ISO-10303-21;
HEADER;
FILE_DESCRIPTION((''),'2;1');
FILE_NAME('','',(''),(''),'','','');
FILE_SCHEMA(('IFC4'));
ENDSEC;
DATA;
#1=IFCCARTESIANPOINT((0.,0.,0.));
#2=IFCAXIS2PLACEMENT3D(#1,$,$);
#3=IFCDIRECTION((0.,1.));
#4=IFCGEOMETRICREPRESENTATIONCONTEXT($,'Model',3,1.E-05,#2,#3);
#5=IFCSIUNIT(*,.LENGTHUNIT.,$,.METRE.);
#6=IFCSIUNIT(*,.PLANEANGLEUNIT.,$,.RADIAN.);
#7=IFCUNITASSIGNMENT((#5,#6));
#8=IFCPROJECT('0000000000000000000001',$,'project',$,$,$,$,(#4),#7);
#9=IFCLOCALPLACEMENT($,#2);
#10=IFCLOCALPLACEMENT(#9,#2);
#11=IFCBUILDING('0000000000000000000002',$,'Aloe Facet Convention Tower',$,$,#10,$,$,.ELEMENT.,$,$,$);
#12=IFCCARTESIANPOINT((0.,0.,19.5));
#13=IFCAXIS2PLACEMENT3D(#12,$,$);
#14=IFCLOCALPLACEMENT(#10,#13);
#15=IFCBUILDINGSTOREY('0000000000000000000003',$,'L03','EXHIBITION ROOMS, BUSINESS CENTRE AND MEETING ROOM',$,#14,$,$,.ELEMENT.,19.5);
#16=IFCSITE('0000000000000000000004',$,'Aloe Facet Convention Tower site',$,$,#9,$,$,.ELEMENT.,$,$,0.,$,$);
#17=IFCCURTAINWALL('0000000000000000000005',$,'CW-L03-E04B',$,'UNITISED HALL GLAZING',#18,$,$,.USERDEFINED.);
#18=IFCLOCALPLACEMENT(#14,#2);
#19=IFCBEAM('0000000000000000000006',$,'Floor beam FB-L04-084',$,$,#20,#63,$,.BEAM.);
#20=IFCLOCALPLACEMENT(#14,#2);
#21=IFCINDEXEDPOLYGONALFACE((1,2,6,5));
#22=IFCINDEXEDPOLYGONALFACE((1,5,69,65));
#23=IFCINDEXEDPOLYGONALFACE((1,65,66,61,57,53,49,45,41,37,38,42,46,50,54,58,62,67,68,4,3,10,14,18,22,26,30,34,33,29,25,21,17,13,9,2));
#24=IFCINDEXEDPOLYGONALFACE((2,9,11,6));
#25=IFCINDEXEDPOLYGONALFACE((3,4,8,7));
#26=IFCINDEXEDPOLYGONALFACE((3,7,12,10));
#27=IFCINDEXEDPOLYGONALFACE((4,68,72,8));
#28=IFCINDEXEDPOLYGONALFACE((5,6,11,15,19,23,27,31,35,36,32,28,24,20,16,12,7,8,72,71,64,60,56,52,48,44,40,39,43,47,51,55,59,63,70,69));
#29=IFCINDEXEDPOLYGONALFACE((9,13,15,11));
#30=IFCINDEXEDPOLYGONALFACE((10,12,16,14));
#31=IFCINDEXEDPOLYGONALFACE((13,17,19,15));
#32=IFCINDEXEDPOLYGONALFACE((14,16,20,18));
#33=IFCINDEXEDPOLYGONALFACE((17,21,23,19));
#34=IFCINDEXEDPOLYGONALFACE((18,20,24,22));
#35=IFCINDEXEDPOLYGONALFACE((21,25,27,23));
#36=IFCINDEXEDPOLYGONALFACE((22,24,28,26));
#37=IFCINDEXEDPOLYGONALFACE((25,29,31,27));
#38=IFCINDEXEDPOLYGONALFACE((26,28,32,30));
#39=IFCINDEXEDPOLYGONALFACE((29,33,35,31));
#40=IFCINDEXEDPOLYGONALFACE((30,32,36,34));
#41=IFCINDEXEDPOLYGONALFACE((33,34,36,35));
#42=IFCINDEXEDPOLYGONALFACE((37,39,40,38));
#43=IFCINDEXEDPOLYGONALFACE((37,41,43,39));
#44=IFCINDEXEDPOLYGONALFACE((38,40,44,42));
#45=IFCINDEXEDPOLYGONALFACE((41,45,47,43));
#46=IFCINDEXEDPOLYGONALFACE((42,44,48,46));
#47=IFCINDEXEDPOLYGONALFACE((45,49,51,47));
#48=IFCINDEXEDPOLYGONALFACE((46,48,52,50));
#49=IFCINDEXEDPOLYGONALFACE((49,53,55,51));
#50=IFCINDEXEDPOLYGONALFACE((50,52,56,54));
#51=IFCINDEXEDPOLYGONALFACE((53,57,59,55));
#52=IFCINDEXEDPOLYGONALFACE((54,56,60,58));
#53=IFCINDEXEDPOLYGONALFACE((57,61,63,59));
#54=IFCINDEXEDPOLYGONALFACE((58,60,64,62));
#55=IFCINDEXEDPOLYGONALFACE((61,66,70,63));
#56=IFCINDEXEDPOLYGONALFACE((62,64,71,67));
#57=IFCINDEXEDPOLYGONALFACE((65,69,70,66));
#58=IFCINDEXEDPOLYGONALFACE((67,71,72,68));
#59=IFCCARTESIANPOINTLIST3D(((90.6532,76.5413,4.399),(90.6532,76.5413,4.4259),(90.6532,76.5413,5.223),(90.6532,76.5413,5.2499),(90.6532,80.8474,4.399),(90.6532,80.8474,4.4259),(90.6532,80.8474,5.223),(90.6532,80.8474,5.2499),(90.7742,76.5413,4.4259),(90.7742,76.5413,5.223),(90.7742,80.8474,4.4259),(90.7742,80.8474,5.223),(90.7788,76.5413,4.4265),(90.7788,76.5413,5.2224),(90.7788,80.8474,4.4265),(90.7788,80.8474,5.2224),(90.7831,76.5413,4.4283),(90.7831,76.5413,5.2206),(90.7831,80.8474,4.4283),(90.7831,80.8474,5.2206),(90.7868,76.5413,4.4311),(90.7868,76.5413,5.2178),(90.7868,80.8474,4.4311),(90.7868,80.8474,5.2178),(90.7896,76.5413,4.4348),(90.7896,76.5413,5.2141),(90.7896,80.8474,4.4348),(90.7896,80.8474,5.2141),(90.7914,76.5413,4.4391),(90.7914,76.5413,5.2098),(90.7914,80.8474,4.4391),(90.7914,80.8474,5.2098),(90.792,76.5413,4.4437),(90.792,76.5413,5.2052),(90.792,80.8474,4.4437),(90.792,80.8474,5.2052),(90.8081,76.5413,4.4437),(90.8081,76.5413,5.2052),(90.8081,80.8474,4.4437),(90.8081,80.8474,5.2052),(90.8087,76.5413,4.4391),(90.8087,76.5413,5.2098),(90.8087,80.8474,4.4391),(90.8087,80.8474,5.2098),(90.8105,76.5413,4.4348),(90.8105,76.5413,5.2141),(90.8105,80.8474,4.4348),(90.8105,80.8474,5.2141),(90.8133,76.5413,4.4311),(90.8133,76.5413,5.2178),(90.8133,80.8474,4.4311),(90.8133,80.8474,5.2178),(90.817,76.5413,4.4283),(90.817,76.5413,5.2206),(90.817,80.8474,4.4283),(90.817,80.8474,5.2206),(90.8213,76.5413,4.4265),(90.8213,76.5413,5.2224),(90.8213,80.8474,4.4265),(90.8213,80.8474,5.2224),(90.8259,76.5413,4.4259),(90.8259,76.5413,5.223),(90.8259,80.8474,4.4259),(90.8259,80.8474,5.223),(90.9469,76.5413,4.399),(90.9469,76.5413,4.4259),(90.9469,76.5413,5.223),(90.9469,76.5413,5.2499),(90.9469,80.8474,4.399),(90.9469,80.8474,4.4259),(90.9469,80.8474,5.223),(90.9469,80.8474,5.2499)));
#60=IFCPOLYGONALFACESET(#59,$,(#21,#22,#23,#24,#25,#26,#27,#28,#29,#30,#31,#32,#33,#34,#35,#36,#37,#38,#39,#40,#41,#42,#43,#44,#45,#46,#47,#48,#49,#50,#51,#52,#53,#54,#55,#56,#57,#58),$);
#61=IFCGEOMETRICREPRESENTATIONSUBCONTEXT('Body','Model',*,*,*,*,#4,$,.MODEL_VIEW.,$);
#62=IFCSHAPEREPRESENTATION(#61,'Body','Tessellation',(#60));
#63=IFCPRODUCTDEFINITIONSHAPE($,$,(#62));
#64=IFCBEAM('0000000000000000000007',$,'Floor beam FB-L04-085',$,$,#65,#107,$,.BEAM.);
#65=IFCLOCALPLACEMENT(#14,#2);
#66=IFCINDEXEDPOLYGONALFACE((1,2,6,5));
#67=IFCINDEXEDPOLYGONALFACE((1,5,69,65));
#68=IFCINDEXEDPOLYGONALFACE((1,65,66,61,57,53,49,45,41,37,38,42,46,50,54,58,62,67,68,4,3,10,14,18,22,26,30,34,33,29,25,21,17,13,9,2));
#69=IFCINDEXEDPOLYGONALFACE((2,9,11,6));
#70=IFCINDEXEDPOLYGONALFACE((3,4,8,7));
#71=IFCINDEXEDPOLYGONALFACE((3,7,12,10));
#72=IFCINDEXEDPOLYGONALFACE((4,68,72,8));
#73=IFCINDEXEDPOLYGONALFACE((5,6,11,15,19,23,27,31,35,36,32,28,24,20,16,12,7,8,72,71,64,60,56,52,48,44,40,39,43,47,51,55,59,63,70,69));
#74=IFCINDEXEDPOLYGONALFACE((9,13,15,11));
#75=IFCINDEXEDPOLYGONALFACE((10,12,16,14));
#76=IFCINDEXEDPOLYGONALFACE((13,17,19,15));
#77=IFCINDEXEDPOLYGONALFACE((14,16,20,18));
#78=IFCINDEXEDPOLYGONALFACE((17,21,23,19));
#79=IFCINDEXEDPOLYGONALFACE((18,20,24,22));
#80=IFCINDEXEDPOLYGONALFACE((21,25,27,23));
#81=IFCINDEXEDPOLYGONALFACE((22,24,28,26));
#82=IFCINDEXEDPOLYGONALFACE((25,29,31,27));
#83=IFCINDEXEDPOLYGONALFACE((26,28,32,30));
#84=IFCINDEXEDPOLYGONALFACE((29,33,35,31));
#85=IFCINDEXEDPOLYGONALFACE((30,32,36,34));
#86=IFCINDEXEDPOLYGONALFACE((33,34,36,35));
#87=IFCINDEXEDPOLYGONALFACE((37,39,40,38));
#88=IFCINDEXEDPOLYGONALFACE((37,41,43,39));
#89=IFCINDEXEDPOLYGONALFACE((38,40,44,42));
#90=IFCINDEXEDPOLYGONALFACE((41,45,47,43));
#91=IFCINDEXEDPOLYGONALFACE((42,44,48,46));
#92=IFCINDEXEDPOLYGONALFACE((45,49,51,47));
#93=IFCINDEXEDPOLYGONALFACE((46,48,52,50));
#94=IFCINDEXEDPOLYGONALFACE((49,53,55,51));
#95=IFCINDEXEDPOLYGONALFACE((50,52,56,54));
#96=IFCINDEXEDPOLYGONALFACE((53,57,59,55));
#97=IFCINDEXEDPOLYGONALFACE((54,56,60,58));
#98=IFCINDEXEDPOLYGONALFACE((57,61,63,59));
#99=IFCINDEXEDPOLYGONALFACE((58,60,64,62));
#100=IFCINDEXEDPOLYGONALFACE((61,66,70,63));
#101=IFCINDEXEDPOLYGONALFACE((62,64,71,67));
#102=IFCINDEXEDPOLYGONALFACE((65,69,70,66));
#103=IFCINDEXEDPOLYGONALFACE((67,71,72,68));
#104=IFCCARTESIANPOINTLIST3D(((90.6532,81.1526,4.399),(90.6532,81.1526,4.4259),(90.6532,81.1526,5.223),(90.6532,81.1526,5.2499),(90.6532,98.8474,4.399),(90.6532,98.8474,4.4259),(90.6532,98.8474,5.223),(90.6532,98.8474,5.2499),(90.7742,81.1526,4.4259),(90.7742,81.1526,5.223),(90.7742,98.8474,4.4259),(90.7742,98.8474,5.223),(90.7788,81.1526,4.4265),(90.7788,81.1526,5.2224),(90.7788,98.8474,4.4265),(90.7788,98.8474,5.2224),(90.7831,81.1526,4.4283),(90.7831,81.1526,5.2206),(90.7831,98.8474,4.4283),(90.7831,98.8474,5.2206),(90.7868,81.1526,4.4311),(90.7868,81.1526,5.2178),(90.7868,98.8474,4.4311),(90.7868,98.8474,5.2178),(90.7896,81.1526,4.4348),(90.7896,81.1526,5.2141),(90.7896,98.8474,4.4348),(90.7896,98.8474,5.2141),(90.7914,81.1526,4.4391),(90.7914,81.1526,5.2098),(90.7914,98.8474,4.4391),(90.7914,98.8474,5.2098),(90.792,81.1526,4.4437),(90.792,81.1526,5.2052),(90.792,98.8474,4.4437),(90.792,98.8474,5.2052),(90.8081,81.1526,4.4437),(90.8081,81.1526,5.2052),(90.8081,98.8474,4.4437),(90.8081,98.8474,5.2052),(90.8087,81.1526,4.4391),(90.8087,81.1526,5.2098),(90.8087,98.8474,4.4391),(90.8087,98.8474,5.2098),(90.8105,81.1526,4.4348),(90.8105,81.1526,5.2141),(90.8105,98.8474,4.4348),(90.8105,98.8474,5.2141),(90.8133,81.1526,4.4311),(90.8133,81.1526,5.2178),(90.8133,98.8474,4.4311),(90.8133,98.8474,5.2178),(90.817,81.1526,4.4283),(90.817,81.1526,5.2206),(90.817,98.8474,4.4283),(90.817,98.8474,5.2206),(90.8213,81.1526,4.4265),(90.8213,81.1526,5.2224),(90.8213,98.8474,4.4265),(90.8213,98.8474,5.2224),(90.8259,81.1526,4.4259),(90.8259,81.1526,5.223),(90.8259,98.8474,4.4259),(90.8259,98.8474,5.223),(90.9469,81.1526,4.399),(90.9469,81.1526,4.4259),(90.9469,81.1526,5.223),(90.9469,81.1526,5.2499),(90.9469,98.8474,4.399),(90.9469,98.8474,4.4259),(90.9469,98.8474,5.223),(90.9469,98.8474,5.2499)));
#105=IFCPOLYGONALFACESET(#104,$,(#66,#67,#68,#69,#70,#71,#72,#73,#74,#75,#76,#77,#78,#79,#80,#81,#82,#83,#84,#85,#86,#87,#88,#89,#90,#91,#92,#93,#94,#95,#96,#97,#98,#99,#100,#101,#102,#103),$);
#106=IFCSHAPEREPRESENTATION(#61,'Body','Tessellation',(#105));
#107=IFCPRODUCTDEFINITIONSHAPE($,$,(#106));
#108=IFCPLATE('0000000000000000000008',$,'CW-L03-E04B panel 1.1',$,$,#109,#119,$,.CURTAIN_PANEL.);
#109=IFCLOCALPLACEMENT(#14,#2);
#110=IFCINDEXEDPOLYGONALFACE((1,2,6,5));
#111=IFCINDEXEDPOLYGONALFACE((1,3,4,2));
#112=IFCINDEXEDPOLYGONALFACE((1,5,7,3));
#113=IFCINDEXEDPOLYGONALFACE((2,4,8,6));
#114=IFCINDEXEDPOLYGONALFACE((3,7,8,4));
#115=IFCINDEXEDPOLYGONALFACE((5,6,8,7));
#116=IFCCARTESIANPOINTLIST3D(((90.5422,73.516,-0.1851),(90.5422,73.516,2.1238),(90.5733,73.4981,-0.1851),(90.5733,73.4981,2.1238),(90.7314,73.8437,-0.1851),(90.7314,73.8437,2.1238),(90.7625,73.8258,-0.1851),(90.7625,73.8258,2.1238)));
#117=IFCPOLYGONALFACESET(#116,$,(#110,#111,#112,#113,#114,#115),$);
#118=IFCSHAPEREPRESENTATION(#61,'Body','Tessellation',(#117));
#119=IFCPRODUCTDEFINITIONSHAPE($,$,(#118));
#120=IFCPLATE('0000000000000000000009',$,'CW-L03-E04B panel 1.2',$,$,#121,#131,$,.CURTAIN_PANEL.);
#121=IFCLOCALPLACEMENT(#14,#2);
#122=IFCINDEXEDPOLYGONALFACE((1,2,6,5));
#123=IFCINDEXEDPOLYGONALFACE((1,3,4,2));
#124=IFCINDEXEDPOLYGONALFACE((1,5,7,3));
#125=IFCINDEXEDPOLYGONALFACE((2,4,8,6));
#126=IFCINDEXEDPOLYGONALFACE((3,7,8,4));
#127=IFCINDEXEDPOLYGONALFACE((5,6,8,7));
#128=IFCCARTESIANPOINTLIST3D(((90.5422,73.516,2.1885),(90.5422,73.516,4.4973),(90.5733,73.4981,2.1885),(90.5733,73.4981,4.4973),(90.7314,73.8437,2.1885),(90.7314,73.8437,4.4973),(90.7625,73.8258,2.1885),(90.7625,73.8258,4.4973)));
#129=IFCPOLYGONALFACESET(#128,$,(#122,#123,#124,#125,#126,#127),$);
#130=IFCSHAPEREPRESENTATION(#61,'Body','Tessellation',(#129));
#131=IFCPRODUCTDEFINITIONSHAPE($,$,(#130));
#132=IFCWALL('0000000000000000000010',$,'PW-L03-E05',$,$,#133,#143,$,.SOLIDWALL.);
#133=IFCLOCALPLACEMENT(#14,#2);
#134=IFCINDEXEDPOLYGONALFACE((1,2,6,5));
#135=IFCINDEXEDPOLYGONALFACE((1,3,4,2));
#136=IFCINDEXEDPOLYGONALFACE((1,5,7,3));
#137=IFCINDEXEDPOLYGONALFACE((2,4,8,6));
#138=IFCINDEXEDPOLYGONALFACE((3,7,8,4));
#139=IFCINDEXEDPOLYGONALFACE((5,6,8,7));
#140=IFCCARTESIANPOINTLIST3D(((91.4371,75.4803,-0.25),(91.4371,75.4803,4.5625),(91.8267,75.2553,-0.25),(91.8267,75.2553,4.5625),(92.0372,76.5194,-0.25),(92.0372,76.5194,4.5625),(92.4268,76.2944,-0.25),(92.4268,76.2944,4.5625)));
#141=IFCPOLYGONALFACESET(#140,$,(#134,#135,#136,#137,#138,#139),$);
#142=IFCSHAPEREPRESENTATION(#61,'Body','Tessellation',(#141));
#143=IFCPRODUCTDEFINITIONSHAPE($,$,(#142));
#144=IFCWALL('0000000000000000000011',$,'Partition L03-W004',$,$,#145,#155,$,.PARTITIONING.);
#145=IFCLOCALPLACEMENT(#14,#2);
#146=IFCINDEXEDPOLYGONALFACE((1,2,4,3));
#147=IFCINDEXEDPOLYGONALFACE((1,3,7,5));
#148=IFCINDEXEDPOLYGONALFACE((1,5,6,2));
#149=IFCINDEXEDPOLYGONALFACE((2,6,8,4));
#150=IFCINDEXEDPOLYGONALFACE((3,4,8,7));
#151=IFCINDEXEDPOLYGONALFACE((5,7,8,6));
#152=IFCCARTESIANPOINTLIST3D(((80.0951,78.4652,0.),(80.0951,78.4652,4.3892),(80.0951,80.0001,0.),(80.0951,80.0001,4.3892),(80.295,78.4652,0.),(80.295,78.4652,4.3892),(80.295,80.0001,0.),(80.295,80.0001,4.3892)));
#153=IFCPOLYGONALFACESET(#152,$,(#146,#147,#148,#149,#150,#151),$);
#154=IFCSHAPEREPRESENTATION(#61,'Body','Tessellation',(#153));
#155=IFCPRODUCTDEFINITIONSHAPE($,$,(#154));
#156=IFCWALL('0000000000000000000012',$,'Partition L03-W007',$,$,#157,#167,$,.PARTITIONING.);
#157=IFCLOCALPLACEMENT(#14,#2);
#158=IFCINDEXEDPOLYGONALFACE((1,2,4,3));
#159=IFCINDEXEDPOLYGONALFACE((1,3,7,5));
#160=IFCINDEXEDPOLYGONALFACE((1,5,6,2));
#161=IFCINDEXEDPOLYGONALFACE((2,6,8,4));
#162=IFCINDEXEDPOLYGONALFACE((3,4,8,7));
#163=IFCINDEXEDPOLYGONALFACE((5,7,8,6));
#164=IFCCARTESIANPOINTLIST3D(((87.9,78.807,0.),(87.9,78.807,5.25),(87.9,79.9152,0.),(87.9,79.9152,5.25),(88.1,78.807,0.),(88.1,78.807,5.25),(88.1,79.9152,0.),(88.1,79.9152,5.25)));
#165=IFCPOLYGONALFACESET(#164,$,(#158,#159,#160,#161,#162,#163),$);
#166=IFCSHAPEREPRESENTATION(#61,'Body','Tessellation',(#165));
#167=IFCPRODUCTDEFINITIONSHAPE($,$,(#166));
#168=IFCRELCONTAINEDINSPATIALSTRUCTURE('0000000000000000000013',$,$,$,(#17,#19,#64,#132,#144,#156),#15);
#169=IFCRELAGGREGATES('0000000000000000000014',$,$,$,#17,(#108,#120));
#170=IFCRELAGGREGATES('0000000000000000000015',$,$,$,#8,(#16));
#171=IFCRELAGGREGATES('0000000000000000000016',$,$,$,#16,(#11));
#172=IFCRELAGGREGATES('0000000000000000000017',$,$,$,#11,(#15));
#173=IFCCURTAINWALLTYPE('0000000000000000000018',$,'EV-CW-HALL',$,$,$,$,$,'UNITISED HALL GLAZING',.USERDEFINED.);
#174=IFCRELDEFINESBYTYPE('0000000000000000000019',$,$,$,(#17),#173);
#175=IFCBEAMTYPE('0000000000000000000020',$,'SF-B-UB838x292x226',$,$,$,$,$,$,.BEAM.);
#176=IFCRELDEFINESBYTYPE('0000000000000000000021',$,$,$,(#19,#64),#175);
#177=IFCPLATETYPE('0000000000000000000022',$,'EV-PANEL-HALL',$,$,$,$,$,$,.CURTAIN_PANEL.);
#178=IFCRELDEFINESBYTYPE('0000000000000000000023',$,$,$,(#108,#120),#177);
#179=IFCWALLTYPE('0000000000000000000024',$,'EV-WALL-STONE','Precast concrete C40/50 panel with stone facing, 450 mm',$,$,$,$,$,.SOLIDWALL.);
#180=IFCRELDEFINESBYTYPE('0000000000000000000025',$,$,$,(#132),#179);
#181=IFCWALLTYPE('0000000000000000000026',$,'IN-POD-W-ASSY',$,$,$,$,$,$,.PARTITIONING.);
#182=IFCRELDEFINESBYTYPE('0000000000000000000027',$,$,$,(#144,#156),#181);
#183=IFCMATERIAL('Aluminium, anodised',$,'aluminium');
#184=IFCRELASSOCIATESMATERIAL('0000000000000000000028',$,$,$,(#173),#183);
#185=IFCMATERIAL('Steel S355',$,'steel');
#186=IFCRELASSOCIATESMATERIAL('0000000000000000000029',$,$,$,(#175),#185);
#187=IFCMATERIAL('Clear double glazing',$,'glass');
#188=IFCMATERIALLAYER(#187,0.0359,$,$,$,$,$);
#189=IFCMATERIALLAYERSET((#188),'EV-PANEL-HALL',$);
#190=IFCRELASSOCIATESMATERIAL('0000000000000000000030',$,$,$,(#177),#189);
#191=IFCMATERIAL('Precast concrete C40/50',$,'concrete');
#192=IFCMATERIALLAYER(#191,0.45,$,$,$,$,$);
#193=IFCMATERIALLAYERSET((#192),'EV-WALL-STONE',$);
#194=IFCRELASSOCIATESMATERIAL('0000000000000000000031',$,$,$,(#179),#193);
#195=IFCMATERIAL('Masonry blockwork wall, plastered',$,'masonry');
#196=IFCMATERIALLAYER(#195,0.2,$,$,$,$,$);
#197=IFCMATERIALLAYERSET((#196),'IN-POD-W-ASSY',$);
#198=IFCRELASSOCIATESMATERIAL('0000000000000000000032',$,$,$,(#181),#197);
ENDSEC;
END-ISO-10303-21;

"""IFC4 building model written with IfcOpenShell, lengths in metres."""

from ifc_helpers import new_model, si_unit, direction, frame, frame_2d, origin, origin_2d, place, context, subcontext, project, spatial, rectangle, i_section, extrude, material, layer, layer_set, material_profile, profile_set, type_object, element, aggregate, save


model = new_model("IFC4")

# Units and contexts
model_context = context("Model", 3, precision=1e-05, world=origin(), true_north=direction((0.0, 1.0)))
body_context = subcontext(model_context, "Body", "Model", "MODEL_VIEW")
ifc_project = project(units=[si_unit("LENGTHUNIT", "METRE"), si_unit("PLANEANGLEUNIT", "RADIAN")], contexts=[model_context])

# Site, building, storey
site_placement = place(None, origin())
site = spatial("IfcSite", under=ifc_project, at=site_placement, Name="Aloe Facet Convention Tower site", CompositionType="ELEMENT", RefElevation=0.0)
building_placement = place(site_placement, origin())
building = spatial("IfcBuilding", under=site, at=building_placement, Name="Aloe Facet Convention Tower", CompositionType="ELEMENT")
storey_placement = place(building_placement, frame((0.0, 0.0, 19.5)))
storey = spatial("IfcBuildingStorey", under=building, at=storey_placement, Name="L03", Description="EXHIBITION ROOMS, BUSINESS CENTRE AND MEETING ROOM", CompositionType="ELEMENT", Elevation=19.5)

# Curtain wall
ifc_material_1 = material(Name="Aluminium, anodised", Category="aluminium")
curtain_wall_type = type_object("IfcCurtainWallType", Name="EV-CW-HALL", ElementType="UNITISED HALL GLAZING", PredefinedType="USERDEFINED", material=ifc_material_1)
curtain_wall_placement = place(storey_placement, origin())
curtain_wall = element("IfcCurtainWall", 1, at=curtain_wall_placement, inside=storey, type_object=curtain_wall_type, Name="CW-L03-E04B", ObjectType="UNITISED HALL GLAZING", PredefinedType="USERDEFINED")

# Beams
ifc_material_2 = material(Name="Steel S355", Category="steel")
ifc_material_profile_1 = material_profile(ifc_material_2, i_section(OverallWidth=0.2937, OverallDepth=0.8508, WebThickness=0.0161, FlangeThickness=0.0269, FilletRadius=0.0178, at=origin_2d()), Name="UB 838x292x226")
ifc_profile_set_1 = profile_set([ifc_material_profile_1], Name="Steel S355")
beam_type_1 = type_object("IfcBeamType", Name="SF-B-UB838x292x226", PredefinedType="BEAM", material=ifc_profile_set_1)
beam_1_placement = place(storey_placement, frame((90.8, 76.5413, 4.8245), z_axis=(0.0, 1.0, 0.0), x_axis=(-1.0, 0.0, 0.0)))
element("IfcBeam", 2, at=beam_1_placement, inside=storey, type_object=beam_type_1, Name="Floor beam FB-L04-084", PredefinedType="BEAM", context=body_context, shape_type="SweptSolid", body=[
    extrude(i_section(OverallWidth=0.2937, OverallDepth=0.8508, WebThickness=0.0161, FlangeThickness=0.0269, FilletRadius=0.0178, at=origin_2d()), origin(), (0.0, 0.0, 1.0), 4.3062),
])
beam_2_placement = place(storey_placement, frame((90.8, 81.1526, 4.8245), z_axis=(0.0, 1.0, 0.0), x_axis=(-1.0, 0.0, 0.0)))
element("IfcBeam", 3, at=beam_2_placement, inside=storey, type_object=beam_type_1, Name="Floor beam FB-L04-085", PredefinedType="BEAM", context=body_context, shape_type="SweptSolid", body=[
    extrude(i_section(OverallWidth=0.2937, OverallDepth=0.8508, WebThickness=0.0161, FlangeThickness=0.0269, FilletRadius=0.0178, at=origin_2d()), origin(), (0.0, 0.0, 1.0), 17.6948),
])

# Plates
ifc_material_3 = material(Name="Clear double glazing", Category="glass")
ifc_layer_1 = layer(ifc_material_3, 0.0359)
ifc_layer_set_1 = layer_set([ifc_layer_1], Name="EV-PANEL-HALL")
plate_type = type_object("IfcPlateType", Name="EV-PANEL-HALL", PredefinedType="CURTAIN_PANEL", material=ifc_layer_set_1)
plate_1_placement = place(storey_placement, frame((90.6523, 73.6709, -0.1851), z_axis=(0.0, 0.0, 1.0), x_axis=(0.5, 0.866025, 0.0)))
plate_1 = element("IfcPlate", 4, at=plate_1_placement, type_object=plate_type, Name="CW-L03-E04B panel 1.1", PredefinedType="CURTAIN_PANEL", context=body_context, shape_type="SweptSolid", body=[
    extrude(rectangle(XDim=0.3784, YDim=0.0359, at=origin_2d()), origin(), (0.0, 0.0, 1.0), 2.3088),
])
plate_2_placement = place(storey_placement, frame((90.6523, 73.6709, 2.1885), z_axis=(0.0, 0.0, 1.0), x_axis=(0.5, 0.866025, 0.0)))
plate_2 = element("IfcPlate", 5, at=plate_2_placement, type_object=plate_type, Name="CW-L03-E04B panel 1.2", PredefinedType="CURTAIN_PANEL", context=body_context, shape_type="SweptSolid", body=[
    extrude(rectangle(XDim=0.3784, YDim=0.0359, at=origin_2d()), origin(), (0.0, 0.0, 1.0), 2.3088),
])
aggregate(curtain_wall, [plate_1, plate_2])

# Walls
ifc_material_4 = material(Name="Precast concrete C40/50", Category="concrete")
ifc_layer_2 = layer(ifc_material_4, 0.45)
ifc_layer_set_2 = layer_set([ifc_layer_2], Name="EV-WALL-STONE")
wall_type_1 = type_object("IfcWallType", Name="EV-WALL-STONE", Description="Precast concrete C40/50 panel with stone facing, 450 mm", PredefinedType="SOLIDWALL", material=ifc_layer_set_2)
wall_1_placement = place(storey_placement, frame((91.6318, 75.3677, -0.25), z_axis=(0.0, 0.0, 1.0), x_axis=(0.500122, 0.865955, 0.0)))
element("IfcWall", 6, at=wall_1_placement, inside=storey, type_object=wall_type_1, Name="PW-L03-E05", PredefinedType="SOLIDWALL", context=body_context, shape_type="SweptSolid", body=[
    extrude(rectangle(XDim=1.2, YDim=0.45, at=frame_2d((0.6001, 0.0))), origin(), (0.0, 0.0, 1.0), 4.8125),
])
ifc_material_5 = material(Name="Masonry blockwork wall, plastered", Category="masonry")
ifc_layer_3 = layer(ifc_material_5, 0.2)
ifc_layer_set_3 = layer_set([ifc_layer_3], Name="IN-POD-W-ASSY")
wall_type_2 = type_object("IfcWallType", Name="IN-POD-W-ASSY", PredefinedType="PARTITIONING", material=ifc_layer_set_3)
wall_2_placement = place(storey_placement, frame((80.1951, 78.4651, 0.0), z_axis=(0.0, 0.0, 1.0), x_axis=(0.0, 1.0, 0.0)))
element("IfcWall", 7, at=wall_2_placement, inside=storey, type_object=wall_type_2, Name="Partition L03-W004", PredefinedType="PARTITIONING", context=body_context, shape_type="SweptSolid", body=[
    extrude(rectangle(XDim=1.5349, YDim=0.2, at=frame_2d((0.7676, 0.0))), origin(), (0.0, 0.0, 1.0), 4.3892),
])
wall_3_placement = place(storey_placement, frame((88.0, 78.8069, 0.0), z_axis=(0.0, 0.0, 1.0), x_axis=(0.0, 1.0, 0.0)))
element("IfcWall", 8, at=wall_3_placement, inside=storey, type_object=wall_type_2, Name="Partition L03-W007", PredefinedType="PARTITIONING", context=body_context, shape_type="SweptSolid", body=[
    extrude(rectangle(XDim=1.1082, YDim=0.2, at=frame_2d((0.5542, 0.0))), origin(), (0.0, 0.0, 1.0), 5.25),
])

save(model, "model.ifc")
